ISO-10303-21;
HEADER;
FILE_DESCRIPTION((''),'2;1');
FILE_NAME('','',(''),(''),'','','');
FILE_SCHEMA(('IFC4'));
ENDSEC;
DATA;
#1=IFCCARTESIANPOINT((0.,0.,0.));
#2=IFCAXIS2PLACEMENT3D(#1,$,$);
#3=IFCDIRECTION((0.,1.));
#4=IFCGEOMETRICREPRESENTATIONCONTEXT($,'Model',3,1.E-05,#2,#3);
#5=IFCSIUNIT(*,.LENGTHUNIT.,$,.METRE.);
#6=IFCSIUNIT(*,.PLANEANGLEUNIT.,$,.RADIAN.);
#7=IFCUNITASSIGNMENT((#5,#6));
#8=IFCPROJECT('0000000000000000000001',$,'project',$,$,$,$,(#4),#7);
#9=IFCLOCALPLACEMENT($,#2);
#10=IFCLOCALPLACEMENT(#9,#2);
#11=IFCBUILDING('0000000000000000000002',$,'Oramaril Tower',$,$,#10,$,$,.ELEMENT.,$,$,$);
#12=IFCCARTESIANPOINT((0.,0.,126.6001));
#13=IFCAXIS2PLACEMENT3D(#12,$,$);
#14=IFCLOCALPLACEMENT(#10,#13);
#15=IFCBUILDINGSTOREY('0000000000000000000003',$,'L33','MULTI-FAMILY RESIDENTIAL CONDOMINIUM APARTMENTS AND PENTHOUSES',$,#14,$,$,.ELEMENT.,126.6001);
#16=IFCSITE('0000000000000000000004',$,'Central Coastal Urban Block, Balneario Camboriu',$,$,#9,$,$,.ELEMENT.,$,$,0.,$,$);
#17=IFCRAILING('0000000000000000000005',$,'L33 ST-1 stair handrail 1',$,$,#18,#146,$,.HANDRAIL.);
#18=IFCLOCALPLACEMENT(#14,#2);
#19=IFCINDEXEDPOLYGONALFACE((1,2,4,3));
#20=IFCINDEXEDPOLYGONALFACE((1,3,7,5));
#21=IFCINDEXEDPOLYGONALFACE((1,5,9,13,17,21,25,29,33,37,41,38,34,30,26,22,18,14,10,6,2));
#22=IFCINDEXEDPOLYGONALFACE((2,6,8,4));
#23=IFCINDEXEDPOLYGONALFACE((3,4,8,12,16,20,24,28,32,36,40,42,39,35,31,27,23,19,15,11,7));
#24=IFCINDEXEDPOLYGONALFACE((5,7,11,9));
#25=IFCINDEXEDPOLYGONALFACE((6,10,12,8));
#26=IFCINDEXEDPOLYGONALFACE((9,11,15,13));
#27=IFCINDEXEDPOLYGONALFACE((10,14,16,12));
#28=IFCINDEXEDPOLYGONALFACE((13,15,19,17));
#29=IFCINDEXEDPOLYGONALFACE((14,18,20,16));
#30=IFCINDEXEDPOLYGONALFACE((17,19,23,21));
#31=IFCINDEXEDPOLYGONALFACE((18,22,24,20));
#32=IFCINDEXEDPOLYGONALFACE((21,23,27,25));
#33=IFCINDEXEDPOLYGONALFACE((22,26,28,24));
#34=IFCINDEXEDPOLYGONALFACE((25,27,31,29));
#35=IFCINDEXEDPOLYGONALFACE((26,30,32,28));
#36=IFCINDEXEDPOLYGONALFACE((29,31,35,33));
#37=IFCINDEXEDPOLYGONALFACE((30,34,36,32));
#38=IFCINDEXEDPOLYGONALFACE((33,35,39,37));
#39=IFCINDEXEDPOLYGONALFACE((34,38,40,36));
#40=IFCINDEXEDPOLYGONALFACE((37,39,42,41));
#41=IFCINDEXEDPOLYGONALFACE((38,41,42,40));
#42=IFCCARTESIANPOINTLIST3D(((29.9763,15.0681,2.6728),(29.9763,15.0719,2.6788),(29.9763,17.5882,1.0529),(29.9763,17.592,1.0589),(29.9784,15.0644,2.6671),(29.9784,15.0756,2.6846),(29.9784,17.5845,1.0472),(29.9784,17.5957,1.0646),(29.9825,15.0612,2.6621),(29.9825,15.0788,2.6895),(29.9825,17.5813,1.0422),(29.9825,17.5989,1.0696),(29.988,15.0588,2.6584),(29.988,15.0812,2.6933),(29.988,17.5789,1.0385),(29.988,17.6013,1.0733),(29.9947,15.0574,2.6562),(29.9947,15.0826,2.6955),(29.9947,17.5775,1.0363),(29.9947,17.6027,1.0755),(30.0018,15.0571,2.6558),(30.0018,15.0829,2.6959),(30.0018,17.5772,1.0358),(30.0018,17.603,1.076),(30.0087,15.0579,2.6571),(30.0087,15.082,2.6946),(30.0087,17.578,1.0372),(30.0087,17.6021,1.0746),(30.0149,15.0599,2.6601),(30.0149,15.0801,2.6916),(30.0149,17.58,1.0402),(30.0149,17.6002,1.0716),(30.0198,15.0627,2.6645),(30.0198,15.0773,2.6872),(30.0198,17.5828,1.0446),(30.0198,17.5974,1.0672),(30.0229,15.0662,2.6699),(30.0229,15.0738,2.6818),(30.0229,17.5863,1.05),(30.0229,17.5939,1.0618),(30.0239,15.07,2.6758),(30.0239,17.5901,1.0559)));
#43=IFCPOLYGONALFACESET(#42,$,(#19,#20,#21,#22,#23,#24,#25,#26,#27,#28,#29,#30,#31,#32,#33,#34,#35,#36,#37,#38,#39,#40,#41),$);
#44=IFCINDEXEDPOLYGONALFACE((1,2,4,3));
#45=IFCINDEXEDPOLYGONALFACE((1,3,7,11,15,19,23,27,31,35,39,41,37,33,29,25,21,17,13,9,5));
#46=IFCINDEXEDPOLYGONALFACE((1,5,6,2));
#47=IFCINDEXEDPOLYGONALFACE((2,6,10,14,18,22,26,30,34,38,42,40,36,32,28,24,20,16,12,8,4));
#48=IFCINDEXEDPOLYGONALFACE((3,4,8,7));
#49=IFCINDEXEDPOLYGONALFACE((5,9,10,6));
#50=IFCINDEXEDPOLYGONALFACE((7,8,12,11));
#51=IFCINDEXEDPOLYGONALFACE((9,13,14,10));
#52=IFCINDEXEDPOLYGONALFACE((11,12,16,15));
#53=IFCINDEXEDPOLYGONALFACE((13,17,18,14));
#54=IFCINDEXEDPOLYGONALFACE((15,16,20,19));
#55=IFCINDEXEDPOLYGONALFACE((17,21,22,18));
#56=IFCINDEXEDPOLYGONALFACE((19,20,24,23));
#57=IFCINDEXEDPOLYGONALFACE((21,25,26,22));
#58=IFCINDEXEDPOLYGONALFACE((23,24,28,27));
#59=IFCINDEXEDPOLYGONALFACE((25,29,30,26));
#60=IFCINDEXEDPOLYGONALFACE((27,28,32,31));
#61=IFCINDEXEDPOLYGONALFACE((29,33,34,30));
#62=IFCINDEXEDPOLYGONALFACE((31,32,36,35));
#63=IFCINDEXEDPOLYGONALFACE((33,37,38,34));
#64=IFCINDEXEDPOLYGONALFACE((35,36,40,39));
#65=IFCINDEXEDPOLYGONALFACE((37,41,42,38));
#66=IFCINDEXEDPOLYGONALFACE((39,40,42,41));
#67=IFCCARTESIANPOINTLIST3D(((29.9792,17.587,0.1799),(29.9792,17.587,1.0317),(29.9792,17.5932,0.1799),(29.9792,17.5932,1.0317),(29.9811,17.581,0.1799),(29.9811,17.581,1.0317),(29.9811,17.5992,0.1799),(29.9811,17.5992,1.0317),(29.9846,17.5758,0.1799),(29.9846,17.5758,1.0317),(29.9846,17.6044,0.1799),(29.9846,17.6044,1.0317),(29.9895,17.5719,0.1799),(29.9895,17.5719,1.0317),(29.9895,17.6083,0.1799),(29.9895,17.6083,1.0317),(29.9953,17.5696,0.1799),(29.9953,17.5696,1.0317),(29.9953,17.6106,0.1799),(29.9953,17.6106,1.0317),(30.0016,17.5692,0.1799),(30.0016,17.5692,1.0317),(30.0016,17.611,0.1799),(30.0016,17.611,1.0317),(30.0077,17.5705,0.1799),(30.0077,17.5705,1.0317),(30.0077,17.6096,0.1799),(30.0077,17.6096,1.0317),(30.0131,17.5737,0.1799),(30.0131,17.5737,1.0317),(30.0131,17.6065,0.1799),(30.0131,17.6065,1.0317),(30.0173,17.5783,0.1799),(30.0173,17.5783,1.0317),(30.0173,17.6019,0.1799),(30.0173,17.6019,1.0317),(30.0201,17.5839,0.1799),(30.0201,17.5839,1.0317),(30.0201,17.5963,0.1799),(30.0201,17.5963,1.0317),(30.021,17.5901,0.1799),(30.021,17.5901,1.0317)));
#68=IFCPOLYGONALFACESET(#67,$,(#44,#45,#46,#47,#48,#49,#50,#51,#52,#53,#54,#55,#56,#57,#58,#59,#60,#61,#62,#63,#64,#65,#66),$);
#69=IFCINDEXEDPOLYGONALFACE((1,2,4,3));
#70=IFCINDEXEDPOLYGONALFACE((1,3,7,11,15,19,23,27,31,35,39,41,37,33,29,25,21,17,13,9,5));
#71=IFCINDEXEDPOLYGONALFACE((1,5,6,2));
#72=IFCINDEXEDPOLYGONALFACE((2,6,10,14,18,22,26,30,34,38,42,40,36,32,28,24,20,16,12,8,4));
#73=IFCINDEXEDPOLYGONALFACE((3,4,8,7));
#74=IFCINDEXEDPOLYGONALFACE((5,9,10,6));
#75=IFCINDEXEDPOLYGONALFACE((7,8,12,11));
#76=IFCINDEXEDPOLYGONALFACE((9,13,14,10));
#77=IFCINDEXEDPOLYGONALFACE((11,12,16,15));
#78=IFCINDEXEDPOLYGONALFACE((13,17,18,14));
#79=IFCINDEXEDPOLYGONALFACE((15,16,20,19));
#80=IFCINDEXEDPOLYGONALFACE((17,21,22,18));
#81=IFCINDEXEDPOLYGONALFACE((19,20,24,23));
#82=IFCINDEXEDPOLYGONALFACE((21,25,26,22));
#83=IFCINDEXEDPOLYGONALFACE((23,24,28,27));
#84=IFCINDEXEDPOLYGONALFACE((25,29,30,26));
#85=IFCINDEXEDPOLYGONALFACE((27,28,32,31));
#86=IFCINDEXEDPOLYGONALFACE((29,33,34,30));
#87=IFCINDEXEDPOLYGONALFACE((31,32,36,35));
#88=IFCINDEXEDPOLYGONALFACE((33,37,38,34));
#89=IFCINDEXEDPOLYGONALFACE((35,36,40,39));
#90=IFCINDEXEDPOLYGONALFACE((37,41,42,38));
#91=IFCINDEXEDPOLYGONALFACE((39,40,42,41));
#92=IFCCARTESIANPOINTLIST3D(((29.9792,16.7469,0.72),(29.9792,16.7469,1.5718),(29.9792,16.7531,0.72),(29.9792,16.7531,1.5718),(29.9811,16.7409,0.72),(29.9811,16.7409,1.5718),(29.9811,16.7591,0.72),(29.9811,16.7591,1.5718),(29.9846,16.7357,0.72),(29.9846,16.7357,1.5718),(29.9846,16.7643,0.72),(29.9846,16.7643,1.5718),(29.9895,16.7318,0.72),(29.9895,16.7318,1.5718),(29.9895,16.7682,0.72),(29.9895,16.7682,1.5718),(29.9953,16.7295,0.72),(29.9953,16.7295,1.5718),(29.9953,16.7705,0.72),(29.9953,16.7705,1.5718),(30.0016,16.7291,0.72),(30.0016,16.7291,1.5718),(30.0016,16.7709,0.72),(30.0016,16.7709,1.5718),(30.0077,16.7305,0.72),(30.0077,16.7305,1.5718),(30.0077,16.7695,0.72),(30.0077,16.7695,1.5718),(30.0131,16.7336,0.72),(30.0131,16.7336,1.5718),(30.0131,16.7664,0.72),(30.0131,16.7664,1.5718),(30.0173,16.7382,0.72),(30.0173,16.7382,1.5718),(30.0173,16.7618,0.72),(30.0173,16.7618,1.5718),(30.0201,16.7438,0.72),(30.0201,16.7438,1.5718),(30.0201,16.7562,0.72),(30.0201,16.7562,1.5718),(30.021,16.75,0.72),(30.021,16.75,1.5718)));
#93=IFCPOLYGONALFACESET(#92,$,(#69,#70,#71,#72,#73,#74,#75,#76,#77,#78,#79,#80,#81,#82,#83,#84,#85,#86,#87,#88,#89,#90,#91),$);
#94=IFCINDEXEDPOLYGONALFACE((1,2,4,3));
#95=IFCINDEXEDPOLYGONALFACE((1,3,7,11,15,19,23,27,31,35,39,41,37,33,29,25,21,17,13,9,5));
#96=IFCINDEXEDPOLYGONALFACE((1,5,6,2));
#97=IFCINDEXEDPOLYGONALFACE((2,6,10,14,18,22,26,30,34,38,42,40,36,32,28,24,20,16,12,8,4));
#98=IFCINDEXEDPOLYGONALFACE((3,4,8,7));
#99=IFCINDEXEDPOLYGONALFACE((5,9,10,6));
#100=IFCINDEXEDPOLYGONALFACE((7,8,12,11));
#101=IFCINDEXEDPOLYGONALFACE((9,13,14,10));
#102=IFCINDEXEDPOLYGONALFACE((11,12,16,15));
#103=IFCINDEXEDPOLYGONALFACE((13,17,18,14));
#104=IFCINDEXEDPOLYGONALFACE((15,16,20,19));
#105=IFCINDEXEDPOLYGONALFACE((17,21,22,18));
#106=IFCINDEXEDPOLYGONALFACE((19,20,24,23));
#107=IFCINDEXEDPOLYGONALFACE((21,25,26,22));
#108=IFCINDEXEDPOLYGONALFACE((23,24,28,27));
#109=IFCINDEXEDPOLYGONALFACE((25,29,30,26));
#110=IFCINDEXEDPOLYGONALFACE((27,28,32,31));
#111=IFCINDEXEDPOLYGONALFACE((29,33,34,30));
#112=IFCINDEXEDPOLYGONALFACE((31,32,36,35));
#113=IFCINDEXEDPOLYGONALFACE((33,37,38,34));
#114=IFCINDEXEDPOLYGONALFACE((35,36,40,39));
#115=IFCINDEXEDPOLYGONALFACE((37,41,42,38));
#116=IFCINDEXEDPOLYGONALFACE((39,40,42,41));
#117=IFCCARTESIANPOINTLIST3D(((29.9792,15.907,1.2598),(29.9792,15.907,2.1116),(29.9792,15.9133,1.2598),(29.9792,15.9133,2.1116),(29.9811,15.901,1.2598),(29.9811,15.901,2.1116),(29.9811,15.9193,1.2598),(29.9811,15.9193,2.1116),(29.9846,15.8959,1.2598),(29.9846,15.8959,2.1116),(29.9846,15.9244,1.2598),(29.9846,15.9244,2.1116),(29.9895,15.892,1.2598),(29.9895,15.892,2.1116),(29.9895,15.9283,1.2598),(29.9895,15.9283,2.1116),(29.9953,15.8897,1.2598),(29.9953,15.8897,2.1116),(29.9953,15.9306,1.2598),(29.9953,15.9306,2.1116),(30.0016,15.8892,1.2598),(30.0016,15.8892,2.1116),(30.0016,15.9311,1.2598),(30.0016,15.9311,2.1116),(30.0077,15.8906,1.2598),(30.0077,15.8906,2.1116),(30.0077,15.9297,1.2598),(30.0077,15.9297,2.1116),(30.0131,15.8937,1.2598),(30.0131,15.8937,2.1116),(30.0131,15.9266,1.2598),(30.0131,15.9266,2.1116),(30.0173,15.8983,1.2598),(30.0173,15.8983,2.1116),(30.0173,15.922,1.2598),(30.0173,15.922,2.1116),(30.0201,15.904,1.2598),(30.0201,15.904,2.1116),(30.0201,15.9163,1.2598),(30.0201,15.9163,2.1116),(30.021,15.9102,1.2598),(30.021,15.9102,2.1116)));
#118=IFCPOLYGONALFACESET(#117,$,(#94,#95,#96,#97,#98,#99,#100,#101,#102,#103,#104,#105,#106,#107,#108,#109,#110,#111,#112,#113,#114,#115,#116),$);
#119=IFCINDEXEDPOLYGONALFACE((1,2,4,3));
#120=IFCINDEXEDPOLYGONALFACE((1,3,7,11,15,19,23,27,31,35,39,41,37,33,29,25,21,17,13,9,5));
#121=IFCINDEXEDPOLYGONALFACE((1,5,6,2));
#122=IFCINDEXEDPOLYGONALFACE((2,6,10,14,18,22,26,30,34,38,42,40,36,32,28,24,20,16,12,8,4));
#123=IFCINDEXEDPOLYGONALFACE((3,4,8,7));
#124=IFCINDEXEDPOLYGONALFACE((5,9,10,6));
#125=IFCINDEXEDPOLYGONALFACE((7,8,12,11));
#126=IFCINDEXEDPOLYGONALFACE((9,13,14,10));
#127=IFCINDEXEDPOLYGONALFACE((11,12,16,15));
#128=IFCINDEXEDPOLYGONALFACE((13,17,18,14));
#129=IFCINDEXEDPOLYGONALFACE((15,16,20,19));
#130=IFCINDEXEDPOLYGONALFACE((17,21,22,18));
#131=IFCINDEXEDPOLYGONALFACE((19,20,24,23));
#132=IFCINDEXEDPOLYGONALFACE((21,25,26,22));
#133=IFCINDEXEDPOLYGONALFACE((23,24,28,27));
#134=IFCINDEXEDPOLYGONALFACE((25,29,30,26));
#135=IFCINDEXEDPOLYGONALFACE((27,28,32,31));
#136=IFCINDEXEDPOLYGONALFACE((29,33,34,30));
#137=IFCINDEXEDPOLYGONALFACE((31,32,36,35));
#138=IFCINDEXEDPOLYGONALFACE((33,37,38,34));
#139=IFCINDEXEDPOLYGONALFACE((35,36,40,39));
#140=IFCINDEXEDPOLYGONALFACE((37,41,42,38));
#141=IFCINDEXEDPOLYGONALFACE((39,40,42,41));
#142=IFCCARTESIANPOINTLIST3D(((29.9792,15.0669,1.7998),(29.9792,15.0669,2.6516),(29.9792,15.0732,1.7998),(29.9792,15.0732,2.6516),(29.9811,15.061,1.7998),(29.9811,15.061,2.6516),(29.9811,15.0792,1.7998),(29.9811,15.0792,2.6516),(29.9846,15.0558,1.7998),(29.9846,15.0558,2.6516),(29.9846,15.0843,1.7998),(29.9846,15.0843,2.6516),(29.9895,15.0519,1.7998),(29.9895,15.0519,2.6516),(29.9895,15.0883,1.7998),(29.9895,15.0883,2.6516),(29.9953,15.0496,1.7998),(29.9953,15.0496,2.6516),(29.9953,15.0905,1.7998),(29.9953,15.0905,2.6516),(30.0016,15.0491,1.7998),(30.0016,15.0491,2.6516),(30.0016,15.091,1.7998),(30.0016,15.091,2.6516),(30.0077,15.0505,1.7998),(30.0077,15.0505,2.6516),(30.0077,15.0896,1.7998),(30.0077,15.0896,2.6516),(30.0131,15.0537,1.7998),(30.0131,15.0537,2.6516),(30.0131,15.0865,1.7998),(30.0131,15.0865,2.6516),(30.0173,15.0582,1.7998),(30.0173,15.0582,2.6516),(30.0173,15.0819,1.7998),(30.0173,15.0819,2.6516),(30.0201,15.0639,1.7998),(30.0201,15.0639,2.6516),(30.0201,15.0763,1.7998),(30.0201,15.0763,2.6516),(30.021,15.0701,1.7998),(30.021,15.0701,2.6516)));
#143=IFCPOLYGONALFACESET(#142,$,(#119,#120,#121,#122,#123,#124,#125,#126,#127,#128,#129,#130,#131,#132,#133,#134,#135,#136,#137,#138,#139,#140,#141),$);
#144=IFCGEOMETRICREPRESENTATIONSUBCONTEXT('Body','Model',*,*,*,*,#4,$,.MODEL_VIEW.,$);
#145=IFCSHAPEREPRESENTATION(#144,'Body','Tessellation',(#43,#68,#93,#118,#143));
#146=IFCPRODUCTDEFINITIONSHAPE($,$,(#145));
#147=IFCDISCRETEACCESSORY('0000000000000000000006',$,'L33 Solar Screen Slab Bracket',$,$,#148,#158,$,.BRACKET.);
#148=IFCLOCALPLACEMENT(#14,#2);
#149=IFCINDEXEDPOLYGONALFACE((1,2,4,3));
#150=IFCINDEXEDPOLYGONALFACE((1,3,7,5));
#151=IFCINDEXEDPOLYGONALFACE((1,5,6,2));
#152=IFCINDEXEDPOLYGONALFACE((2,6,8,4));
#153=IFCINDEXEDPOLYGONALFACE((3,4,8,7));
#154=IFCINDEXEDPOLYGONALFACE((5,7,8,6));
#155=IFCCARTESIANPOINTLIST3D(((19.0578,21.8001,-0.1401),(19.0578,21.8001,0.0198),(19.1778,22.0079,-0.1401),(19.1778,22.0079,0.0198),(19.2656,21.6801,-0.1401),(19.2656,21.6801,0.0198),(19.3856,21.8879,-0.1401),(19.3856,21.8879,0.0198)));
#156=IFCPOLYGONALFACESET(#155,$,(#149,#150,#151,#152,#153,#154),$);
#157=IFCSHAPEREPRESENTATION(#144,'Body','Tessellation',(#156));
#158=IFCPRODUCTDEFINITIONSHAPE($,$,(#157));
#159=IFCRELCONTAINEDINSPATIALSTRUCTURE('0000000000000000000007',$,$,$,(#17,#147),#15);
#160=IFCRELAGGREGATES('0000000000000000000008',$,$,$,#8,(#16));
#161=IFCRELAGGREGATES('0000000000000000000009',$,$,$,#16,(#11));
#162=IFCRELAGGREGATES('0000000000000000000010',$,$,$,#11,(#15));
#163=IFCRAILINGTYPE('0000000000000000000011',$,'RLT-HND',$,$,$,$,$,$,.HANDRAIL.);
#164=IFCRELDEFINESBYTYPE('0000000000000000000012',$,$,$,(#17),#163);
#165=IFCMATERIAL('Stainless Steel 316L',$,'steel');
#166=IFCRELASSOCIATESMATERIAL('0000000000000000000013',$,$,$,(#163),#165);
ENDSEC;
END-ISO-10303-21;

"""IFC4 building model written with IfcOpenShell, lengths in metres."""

from ifc_helpers import new_model, si_unit, direction, frame, origin, origin_2d, place, context, subcontext, project, spatial, rectangle, circle, extrude, material, type_object, element, save


model = new_model("IFC4")

# Units and contexts
model_context = context("Model", 3, precision=1e-05, world=origin(), true_north=direction((0.0, 1.0)))
body_context = subcontext(model_context, "Body", "Model", "MODEL_VIEW")
ifc_project = project(units=[si_unit("LENGTHUNIT", "METRE"), si_unit("PLANEANGLEUNIT", "RADIAN")], contexts=[model_context])

# Site, building, storey
site_placement = place(None, origin())
site = spatial("IfcSite", under=ifc_project, at=site_placement, Name="Central Coastal Urban Block, Balneario Camboriu", CompositionType="ELEMENT", RefElevation=0.0)
building_placement = place(site_placement, origin())
building = spatial("IfcBuilding", under=site, at=building_placement, Name="Oramaril Tower", CompositionType="ELEMENT")
storey_placement = place(building_placement, frame((0.0, 0.0, 126.6001)))
storey = spatial("IfcBuildingStorey", under=building, at=storey_placement, Name="L33", Description="MULTI-FAMILY RESIDENTIAL CONDOMINIUM APARTMENTS AND PENTHOUSES", CompositionType="ELEMENT", Elevation=126.6001)

# Railing
ifc_material_1 = material(Name="Stainless Steel 316L", Category="steel")
railing_type_1 = type_object("IfcRailingType", Name="RLT-HND", PredefinedType="HANDRAIL", material=ifc_material_1)
railing_1_placement = place(storey_placement, frame((30.0, 17.5901, 0.1799)))
element("IfcRailing", 1, at=railing_1_placement, inside=storey, type_object=railing_type_1, Name="L33 ST-1 stair handrail 1", PredefinedType="HANDRAIL", context=body_context, shape_type="SweptSolid", body=[
    extrude(circle(Radius=0.0239, at=origin_2d()), frame((0.0, 0.0, 0.876), z_axis=(0.0, -0.8412, 0.540725), x_axis=(1.0, 0.0, 0.0)), (0.0, 0.0, 1.0), 2.9958),
    extrude(circle(Radius=0.021, at=origin_2d()), origin(), (0.0, 0.0, 1.0), 0.8518),
    extrude(circle(Radius=0.021, at=origin_2d()), frame((0.0, -0.8401, 0.54)), (0.0, 0.0, 1.0), 0.8518),
    extrude(circle(Radius=0.021, at=origin_2d()), frame((0.0, -1.6799, 1.0798)), (0.0, 0.0, 1.0), 0.8518),
    extrude(circle(Radius=0.021, at=origin_2d()), frame((0.0, -2.52, 1.6199)), (0.0, 0.0, 1.0), 0.8518),
])

# Discrete accessory
discrete_accessory_placement = place(storey_placement, frame((19.2217, 21.844, -0.1401), z_axis=(0.0, 0.0, 1.0), x_axis=(-0.499998, -0.866026, 0.0)))
element("IfcDiscreteAccessory", 2, at=discrete_accessory_placement, inside=storey, Name="L33 Solar Screen Slab Bracket", PredefinedType="BRACKET", context=body_context, shape_type="SweptSolid", body=[
    extrude(rectangle(XDim=0.24, YDim=0.24, at=origin_2d()), origin(), (0.0, 0.0, 1.0), 0.1599),
])

save(model, "model.ifc")
